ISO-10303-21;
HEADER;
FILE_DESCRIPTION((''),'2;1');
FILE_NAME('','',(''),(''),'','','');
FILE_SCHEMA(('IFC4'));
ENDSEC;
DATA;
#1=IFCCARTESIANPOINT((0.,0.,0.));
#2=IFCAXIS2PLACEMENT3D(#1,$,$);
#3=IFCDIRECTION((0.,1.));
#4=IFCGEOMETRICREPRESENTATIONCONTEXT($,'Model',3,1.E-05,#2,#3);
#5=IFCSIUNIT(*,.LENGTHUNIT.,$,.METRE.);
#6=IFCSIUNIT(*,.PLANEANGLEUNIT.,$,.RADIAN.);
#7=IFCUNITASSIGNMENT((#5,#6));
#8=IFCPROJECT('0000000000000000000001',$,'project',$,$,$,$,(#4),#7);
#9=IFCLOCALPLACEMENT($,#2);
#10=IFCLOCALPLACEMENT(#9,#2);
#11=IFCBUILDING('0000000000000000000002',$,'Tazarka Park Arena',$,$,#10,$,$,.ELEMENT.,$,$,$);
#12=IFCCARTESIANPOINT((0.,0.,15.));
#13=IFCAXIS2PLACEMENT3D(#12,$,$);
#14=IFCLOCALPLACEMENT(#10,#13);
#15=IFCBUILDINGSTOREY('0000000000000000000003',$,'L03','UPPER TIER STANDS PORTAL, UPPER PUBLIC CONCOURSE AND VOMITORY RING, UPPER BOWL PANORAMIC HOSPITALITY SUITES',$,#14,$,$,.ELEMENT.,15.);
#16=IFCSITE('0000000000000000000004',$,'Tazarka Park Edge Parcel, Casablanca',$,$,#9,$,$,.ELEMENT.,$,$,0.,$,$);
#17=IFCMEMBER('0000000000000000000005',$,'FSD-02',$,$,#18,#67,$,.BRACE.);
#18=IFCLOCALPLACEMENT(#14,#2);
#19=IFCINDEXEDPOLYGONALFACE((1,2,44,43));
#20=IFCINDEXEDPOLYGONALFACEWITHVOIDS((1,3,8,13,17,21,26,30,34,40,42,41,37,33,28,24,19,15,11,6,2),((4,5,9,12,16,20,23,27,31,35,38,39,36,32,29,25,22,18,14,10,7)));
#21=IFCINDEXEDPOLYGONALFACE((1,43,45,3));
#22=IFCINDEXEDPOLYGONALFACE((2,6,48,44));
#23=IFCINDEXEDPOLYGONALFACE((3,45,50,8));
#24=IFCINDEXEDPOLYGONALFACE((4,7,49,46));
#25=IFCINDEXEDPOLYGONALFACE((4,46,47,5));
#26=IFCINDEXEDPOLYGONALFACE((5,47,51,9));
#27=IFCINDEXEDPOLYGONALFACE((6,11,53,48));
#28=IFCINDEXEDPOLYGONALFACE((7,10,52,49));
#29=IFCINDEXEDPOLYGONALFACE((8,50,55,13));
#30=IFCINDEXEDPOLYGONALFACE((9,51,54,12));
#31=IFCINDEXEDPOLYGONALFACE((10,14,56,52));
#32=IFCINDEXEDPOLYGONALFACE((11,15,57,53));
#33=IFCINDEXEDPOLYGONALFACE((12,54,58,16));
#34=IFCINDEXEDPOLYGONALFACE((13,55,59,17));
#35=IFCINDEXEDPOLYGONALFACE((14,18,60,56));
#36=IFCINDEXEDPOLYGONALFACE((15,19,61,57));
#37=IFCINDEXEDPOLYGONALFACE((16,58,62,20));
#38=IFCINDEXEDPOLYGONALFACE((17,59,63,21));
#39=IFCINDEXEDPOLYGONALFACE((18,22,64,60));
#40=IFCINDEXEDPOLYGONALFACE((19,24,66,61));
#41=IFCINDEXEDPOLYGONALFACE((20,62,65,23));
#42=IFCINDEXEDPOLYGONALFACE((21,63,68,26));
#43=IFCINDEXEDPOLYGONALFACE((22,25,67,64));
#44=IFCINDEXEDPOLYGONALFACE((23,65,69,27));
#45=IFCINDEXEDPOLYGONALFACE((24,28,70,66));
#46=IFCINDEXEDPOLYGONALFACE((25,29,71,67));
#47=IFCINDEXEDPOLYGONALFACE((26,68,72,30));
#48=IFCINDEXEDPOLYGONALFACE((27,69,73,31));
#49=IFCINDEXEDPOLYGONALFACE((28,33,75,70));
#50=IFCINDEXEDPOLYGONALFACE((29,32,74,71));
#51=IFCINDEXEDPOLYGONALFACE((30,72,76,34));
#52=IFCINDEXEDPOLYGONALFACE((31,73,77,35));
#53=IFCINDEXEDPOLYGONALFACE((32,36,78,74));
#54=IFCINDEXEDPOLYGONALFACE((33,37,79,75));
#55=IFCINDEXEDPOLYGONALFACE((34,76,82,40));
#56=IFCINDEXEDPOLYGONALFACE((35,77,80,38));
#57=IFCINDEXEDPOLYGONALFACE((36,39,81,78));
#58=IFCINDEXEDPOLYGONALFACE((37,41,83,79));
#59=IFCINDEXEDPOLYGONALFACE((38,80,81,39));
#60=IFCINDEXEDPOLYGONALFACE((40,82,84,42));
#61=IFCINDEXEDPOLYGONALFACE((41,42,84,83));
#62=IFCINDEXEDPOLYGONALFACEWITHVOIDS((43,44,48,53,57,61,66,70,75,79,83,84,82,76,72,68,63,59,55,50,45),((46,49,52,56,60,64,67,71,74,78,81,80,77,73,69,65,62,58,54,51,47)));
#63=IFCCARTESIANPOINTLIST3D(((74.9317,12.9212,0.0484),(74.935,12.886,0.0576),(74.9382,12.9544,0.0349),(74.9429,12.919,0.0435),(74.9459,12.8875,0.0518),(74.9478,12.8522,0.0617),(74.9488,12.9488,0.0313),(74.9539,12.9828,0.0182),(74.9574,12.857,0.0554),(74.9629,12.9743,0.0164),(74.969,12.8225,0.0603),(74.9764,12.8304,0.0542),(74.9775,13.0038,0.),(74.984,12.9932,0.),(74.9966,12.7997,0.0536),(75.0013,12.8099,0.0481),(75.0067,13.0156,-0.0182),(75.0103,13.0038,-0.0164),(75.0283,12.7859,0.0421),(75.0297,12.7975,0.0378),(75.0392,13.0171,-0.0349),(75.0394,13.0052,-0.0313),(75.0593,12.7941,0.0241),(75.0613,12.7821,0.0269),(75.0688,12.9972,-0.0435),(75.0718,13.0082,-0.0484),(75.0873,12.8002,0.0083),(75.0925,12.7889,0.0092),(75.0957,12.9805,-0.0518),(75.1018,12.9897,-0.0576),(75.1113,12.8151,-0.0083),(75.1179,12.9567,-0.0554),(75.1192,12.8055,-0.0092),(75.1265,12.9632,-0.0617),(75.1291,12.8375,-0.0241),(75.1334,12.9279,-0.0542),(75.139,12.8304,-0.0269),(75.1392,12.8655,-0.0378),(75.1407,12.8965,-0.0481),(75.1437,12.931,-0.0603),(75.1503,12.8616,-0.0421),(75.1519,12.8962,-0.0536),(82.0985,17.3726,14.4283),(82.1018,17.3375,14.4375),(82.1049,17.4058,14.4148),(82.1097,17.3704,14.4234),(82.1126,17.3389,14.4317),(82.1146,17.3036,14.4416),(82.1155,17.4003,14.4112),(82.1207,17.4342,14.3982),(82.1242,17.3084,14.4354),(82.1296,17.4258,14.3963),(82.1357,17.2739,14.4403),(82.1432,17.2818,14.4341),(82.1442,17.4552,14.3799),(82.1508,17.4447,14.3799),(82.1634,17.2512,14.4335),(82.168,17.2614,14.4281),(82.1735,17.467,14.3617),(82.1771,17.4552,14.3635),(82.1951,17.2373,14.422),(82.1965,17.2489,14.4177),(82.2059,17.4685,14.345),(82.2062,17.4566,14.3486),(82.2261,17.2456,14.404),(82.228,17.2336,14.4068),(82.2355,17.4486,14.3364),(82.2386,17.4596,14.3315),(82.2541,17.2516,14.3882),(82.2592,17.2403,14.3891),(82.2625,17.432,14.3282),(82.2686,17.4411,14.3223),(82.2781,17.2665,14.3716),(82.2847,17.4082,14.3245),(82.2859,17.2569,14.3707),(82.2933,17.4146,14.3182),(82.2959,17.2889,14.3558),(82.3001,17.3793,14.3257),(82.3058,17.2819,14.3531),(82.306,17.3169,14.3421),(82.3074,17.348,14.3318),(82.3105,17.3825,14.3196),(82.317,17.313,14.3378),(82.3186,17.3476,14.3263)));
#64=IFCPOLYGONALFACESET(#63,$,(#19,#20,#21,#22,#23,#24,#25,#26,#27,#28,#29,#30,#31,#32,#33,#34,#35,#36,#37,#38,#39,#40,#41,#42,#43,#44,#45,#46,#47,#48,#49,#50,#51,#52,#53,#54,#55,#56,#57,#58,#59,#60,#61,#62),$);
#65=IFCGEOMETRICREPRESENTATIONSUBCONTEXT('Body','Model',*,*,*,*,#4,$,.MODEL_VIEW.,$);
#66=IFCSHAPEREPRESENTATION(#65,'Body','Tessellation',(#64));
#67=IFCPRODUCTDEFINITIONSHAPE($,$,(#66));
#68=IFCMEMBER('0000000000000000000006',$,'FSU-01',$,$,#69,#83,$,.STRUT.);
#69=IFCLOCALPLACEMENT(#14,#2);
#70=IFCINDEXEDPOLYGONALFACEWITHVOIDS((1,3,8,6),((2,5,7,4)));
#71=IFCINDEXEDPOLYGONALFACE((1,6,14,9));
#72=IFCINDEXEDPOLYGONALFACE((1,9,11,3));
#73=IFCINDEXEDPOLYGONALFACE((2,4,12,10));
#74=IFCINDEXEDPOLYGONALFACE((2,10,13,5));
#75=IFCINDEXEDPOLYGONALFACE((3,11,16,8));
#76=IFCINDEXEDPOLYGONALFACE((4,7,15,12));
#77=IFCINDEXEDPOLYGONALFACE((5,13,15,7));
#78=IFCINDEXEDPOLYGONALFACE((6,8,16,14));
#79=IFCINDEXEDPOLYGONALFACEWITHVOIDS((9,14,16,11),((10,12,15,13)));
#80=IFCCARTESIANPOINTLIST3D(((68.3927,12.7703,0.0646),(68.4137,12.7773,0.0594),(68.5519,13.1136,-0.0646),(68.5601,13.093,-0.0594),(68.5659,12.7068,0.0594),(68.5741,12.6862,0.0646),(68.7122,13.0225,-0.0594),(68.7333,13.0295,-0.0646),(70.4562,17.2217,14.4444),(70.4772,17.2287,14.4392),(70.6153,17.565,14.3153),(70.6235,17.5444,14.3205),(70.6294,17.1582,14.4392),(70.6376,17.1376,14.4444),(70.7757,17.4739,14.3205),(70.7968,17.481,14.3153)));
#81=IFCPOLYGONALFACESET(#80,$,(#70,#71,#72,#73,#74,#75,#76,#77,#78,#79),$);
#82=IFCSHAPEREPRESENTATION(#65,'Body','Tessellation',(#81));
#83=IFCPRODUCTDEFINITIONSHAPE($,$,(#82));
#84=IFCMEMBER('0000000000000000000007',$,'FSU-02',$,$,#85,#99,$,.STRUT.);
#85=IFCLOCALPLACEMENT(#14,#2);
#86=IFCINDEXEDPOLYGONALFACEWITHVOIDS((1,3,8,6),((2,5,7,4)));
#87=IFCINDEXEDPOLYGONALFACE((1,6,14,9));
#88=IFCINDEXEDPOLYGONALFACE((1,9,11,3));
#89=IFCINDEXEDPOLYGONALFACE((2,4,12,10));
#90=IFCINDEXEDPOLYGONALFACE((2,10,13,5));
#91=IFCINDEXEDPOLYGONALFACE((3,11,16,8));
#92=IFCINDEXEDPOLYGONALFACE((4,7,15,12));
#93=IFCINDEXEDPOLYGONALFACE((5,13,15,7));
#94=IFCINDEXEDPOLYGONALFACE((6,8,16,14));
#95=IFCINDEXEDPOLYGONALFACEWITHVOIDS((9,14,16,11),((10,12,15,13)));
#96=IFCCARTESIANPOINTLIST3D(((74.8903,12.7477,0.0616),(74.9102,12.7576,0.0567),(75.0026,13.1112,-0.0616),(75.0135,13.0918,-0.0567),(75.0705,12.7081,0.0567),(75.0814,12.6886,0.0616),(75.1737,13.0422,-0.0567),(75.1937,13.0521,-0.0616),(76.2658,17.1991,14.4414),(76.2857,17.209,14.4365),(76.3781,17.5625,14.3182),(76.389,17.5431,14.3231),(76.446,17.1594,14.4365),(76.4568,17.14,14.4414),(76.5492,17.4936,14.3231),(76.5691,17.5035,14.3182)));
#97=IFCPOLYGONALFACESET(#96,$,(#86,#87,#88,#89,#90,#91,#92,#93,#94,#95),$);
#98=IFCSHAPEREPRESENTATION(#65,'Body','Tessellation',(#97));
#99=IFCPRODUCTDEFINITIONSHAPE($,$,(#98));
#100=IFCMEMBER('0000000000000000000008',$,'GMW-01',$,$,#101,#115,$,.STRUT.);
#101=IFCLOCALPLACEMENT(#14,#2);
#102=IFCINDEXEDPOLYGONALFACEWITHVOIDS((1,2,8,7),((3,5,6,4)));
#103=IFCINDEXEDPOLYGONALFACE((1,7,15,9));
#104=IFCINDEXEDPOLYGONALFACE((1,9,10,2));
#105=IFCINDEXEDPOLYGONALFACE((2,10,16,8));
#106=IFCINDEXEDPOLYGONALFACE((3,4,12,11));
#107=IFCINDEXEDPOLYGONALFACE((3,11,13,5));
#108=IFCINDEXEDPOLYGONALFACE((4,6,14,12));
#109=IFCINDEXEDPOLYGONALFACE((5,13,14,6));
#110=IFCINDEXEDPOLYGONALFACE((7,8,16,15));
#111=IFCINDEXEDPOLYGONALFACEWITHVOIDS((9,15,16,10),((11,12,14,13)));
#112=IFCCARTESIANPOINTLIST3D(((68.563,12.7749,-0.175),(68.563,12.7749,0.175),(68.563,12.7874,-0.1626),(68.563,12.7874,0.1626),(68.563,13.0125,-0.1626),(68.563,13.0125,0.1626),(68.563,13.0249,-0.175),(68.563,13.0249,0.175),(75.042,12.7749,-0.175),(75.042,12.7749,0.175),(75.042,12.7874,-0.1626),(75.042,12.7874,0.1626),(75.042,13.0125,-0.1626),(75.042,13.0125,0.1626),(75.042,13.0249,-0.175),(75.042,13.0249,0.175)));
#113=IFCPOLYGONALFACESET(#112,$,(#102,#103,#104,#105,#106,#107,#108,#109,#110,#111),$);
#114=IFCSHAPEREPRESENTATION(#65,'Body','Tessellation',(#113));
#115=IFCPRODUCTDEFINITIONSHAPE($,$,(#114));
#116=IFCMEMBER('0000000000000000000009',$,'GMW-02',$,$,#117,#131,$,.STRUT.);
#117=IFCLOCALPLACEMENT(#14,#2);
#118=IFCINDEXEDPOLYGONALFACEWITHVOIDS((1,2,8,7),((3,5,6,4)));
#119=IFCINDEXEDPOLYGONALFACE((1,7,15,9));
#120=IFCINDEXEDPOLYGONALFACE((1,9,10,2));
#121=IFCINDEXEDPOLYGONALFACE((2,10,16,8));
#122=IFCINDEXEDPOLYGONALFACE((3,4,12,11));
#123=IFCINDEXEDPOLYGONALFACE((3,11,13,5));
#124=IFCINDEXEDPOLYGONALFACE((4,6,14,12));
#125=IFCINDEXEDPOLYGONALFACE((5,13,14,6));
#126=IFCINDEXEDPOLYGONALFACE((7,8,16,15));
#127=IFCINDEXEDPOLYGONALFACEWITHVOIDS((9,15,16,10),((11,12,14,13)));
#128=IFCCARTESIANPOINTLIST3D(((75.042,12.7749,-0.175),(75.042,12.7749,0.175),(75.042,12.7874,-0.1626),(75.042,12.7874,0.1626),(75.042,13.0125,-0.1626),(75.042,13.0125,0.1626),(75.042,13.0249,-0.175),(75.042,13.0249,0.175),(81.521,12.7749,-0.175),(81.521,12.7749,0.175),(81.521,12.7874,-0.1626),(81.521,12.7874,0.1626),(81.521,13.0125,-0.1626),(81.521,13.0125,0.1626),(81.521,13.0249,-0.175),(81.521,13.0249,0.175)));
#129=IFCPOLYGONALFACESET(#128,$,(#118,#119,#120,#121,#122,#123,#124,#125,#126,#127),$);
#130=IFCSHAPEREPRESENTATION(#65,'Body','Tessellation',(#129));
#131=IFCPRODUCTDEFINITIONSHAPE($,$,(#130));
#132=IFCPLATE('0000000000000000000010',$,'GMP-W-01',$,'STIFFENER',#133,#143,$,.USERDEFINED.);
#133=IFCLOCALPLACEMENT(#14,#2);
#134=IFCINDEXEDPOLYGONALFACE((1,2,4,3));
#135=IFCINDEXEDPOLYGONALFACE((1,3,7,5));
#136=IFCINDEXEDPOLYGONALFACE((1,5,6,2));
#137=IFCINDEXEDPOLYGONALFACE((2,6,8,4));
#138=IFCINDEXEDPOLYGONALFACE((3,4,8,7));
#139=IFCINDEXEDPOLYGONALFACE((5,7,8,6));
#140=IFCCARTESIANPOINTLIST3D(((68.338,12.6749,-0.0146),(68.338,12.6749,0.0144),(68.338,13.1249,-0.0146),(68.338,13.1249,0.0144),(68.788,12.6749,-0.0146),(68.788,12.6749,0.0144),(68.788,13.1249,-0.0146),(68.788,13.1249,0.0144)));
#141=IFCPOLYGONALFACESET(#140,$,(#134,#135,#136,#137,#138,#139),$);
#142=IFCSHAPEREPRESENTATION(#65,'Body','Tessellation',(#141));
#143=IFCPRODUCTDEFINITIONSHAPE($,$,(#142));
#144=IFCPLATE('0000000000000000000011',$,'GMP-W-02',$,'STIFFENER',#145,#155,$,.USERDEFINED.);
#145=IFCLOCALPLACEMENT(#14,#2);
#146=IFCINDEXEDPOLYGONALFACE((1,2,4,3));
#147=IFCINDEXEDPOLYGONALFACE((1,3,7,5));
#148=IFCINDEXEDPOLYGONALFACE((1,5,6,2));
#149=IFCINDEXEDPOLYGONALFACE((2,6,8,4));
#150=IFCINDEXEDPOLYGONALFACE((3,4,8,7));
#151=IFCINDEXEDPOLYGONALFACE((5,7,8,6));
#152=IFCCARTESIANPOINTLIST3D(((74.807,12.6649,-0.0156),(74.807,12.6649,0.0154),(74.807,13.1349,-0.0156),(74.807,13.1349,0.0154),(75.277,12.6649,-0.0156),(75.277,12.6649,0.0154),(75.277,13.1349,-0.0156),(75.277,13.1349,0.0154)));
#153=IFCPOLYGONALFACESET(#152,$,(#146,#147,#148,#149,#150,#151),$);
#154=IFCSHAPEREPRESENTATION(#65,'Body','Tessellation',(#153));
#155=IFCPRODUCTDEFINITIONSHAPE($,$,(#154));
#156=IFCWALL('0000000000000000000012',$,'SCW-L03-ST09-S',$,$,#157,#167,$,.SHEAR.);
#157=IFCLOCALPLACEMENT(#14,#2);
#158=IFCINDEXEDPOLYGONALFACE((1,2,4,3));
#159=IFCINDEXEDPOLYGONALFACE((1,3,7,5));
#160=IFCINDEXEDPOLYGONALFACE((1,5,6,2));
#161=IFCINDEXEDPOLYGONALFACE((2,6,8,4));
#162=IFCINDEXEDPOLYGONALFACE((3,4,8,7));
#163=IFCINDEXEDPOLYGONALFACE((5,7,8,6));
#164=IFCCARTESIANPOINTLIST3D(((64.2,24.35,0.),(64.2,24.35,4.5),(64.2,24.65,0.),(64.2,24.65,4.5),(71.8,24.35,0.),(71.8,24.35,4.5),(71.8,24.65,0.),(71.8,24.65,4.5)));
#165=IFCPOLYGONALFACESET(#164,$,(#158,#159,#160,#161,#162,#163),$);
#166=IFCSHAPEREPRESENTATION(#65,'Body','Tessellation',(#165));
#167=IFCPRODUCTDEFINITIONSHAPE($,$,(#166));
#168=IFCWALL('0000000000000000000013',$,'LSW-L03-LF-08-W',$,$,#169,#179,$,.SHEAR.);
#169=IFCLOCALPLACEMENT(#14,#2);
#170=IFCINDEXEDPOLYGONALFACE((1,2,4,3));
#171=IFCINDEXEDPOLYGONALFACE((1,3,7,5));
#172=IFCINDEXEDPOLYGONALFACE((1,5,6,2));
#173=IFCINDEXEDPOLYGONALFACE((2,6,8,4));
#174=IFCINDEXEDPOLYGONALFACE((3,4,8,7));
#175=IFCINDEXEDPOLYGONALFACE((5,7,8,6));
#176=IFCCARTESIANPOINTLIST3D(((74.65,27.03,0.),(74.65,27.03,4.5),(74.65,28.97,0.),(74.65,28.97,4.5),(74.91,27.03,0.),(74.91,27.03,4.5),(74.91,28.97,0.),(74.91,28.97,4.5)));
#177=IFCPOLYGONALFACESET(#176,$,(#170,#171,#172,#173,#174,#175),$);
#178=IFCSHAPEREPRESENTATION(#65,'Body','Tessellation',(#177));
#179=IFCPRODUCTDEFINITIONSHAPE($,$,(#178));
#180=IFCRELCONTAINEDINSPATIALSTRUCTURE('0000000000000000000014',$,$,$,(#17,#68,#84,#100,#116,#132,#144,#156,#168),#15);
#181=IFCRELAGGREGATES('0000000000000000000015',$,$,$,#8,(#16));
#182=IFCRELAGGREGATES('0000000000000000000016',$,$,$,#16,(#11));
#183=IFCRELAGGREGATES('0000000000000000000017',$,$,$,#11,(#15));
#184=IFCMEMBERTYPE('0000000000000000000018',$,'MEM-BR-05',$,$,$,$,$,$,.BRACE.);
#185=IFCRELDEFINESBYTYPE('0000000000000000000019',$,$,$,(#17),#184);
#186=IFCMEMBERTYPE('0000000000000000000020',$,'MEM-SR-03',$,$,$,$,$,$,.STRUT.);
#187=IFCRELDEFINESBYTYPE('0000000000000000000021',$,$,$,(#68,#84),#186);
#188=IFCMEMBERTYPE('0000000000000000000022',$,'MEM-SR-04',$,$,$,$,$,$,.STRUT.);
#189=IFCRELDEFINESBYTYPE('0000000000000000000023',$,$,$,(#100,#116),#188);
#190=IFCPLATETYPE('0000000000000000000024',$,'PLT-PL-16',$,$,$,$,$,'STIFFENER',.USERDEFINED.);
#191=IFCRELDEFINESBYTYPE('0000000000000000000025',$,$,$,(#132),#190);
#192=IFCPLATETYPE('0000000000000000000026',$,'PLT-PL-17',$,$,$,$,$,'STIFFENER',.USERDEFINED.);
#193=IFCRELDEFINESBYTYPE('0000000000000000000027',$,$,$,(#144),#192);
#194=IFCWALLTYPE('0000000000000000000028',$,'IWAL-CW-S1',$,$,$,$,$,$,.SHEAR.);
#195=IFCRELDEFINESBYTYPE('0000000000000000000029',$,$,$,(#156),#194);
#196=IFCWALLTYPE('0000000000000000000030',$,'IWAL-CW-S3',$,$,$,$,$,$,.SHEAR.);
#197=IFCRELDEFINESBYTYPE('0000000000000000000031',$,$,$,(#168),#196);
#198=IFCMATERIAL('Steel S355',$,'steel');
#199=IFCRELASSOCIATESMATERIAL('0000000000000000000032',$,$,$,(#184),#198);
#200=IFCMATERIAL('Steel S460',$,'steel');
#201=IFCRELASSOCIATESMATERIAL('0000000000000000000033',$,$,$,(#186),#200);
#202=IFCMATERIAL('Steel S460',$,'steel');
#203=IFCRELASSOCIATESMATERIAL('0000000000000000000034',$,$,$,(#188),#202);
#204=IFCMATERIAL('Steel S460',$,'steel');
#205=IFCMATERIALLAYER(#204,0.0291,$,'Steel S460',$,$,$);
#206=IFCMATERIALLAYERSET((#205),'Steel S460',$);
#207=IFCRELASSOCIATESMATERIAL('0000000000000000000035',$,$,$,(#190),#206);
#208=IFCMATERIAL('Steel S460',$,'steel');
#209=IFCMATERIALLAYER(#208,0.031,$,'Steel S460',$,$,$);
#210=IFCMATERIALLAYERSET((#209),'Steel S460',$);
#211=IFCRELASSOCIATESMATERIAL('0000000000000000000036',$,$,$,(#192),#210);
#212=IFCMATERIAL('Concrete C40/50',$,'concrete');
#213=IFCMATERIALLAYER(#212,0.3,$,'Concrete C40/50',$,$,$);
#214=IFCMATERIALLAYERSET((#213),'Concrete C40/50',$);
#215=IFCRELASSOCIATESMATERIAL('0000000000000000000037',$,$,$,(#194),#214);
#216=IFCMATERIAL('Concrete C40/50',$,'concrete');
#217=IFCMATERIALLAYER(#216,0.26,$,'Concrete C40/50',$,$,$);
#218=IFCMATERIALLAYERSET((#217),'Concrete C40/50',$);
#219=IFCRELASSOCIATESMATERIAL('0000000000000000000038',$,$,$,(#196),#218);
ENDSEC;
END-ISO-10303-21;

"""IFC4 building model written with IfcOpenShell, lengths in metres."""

from ifc_helpers import new_model, si_unit, direction, frame, frame_2d, origin, origin_2d, place, context, subcontext, project, spatial, rectangle, hollow_rectangle, hollow_circle, extrude, material, layer, layer_set, material_profile, profile_set, type_object, element, save


model = new_model("IFC4")

# Units and contexts
model_context = context("Model", 3, precision=1e-05, world=origin(), true_north=direction((0.0, 1.0)))
body_context = subcontext(model_context, "Body", "Model", "MODEL_VIEW")
ifc_project = project(units=[si_unit("LENGTHUNIT", "METRE"), si_unit("PLANEANGLEUNIT", "RADIAN")], contexts=[model_context])

# Site, building, storey
site_placement = place(None, origin())
site = spatial("IfcSite", under=ifc_project, at=site_placement, Name="Tazarka Park Edge Parcel, Casablanca", CompositionType="ELEMENT", RefElevation=0.0)
building_placement = place(site_placement, origin())
building = spatial("IfcBuilding", under=site, at=building_placement, Name="Tazarka Park Arena", CompositionType="ELEMENT")
storey_placement = place(building_placement, frame((0.0, 0.0, 15.0)))
storey = spatial("IfcBuildingStorey", under=building, at=storey_placement, Name="L03", Description="UPPER TIER STANDS PORTAL, UPPER PUBLIC CONCOURSE AND VOMITORY RING, UPPER BOWL PANORAMIC HOSPITALITY SUITES", CompositionType="ELEMENT", Elevation=15.0)

# Members
ifc_material_1 = material(Name="Steel S355", Category="steel")
ifc_material_profile_1 = material_profile(ifc_material_1, hollow_circle(Radius=0.1223, WallThickness=0.0125, at=origin_2d()), Name="Steel S355")
ifc_profile_set_1 = profile_set([ifc_material_profile_1], Name="Steel S355")
member_type_1 = type_object("IfcMemberType", Name="MEM-BR-05", PredefinedType="BRACE", material=ifc_profile_set_1)
member_1_placement = place(storey_placement, frame((75.042, 12.8999, 0.0), z_axis=(0.429865, 0.266998, 0.862513), x_axis=(-0.527627, 0.849476, 0.0)))
element("IfcMember", 1, at=member_1_placement, inside=storey, type_object=member_type_1, Name="FSD-02", PredefinedType="BRACE", context=body_context, shape_type="SweptSolid", body=[
    extrude(hollow_circle(Radius=0.1223, WallThickness=0.0125, at=origin_2d()), origin(), (0.0, 0.0, 1.0), 16.6721),
])
ifc_material_2 = material(Name="Steel S460", Category="steel")
ifc_material_profile_2 = material_profile(ifc_material_2, hollow_rectangle(XDim=0.2, YDim=0.3999, WallThickness=0.0161, at=origin_2d()), Name="Steel S460")
ifc_profile_set_2 = profile_set([ifc_material_profile_2], Name="Steel S460")
member_type_2 = type_object("IfcMemberType", Name="MEM-SR-03", PredefinedType="STRUT", material=ifc_profile_set_2)
member_2_placement = place(storey_placement, frame((68.563, 12.8999, 0.0), z_axis=(0.13581, 0.292974, 0.946426), x_axis=(-0.907262, 0.420566, 0.0)))
element("IfcMember", 2, at=member_2_placement, inside=storey, type_object=member_type_2, Name="FSU-01", PredefinedType="STRUT", context=body_context, shape_type="SweptSolid", body=[
    extrude(hollow_rectangle(XDim=0.2, YDim=0.3999, WallThickness=0.0161, at=origin_2d()), origin(), (0.0, 0.0, 1.0), 15.1938),
])
member_3_placement = place(storey_placement, frame((75.042, 12.8999, 0.0), z_axis=(0.090997, 0.294487, 0.951313), x_axis=(-0.955427, 0.295227, 0.0)))
element("IfcMember", 3, at=member_3_placement, inside=storey, type_object=member_type_2, Name="FSU-02", PredefinedType="STRUT", context=body_context, shape_type="SweptSolid", body=[
    extrude(hollow_rectangle(XDim=0.2, YDim=0.3999, WallThickness=0.0161, at=origin_2d()), origin(), (0.0, 0.0, 1.0), 15.1157),
])
ifc_material_3 = material(Name="Steel S460", Category="steel")
ifc_material_profile_3 = material_profile(ifc_material_3, hollow_rectangle(XDim=0.25, YDim=0.3501, WallThickness=0.0125, at=origin_2d()), Name="Steel S460")
ifc_profile_set_3 = profile_set([ifc_material_profile_3], Name="Steel S460")
member_type_3 = type_object("IfcMemberType", Name="MEM-SR-04", PredefinedType="STRUT", material=ifc_profile_set_3)
for number, where, z_axis, x_axis, name in (
    (4, (68.563, 12.8999, 0.0), (1.0, 0.0, 0.0), (0.0, 1.0, 0.0), "GMW-01"),
    (5, (75.042, 12.8999, 0.0), (1.0, 0.0, 0.0), (0.0, 1.0, 0.0), "GMW-02"),
):
    element("IfcMember", number, at=place(storey_placement, frame(where, z_axis=z_axis, x_axis=x_axis)), inside=storey, type_object=member_type_3, Name=name, PredefinedType="STRUT", context=body_context, shape_type="SweptSolid", body=[
        extrude(hollow_rectangle(XDim=0.25, YDim=0.3501, WallThickness=0.0125, at=origin_2d()), origin(), (0.0, 0.0, 1.0), 6.479),
    ])

# Plates
ifc_material_4 = material(Name="Steel S460", Category="steel")
ifc_layer_1 = layer(ifc_material_4, 0.0291, Name="Steel S460")
ifc_layer_set_1 = layer_set([ifc_layer_1], Name="Steel S460")
plate_type_1 = type_object("IfcPlateType", Name="PLT-PL-16", ElementType="STIFFENER", PredefinedType="USERDEFINED", material=ifc_layer_set_1)
plate_1_placement = place(storey_placement, frame((68.563, 12.8999, -0.0146), z_axis=(0.0, 0.0, 1.0), x_axis=(1.0, 0.0, 0.0)))
element("IfcPlate", 6, at=plate_1_placement, inside=storey, type_object=plate_type_1, Name="GMP-W-01", ObjectType="STIFFENER", PredefinedType="USERDEFINED", context=body_context, shape_type="SweptSolid", body=[
    extrude(rectangle(XDim=0.45, YDim=0.45, at=origin_2d()), origin(), (0.0, 0.0, 1.0), 0.0291),
])
ifc_material_5 = material(Name="Steel S460", Category="steel")
ifc_layer_2 = layer(ifc_material_5, 0.031, Name="Steel S460")
ifc_layer_set_2 = layer_set([ifc_layer_2], Name="Steel S460")
plate_type_2 = type_object("IfcPlateType", Name="PLT-PL-17", ElementType="STIFFENER", PredefinedType="USERDEFINED", material=ifc_layer_set_2)
plate_2_placement = place(storey_placement, frame((75.042, 12.8999, -0.0156), z_axis=(0.0, 0.0, 1.0), x_axis=(1.0, 0.0, 0.0)))
element("IfcPlate", 7, at=plate_2_placement, inside=storey, type_object=plate_type_2, Name="GMP-W-02", ObjectType="STIFFENER", PredefinedType="USERDEFINED", context=body_context, shape_type="SweptSolid", body=[
    extrude(rectangle(XDim=0.47, YDim=0.47, at=origin_2d()), origin(), (0.0, 0.0, 1.0), 0.031),
])

# Walls
ifc_material_6 = material(Name="Concrete C40/50", Category="concrete")
ifc_layer_3 = layer(ifc_material_6, 0.3, Name="Concrete C40/50")
ifc_layer_set_3 = layer_set([ifc_layer_3], Name="Concrete C40/50")
wall_type_1 = type_object("IfcWallType", Name="IWAL-CW-S1", PredefinedType="SHEAR", material=ifc_layer_set_3)
wall_1_placement = place(storey_placement, frame((71.8, 24.5, 0.0), z_axis=(0.0, 0.0, 1.0), x_axis=(-1.0, 0.0, 0.0)))
element("IfcWall", 8, at=wall_1_placement, inside=storey, type_object=wall_type_1, Name="SCW-L03-ST09-S", PredefinedType="SHEAR", context=body_context, shape_type="SweptSolid", body=[
    extrude(rectangle(XDim=7.6001, YDim=0.3, at=frame_2d((3.8, 0.0))), origin(), (0.0, 0.0, 1.0), 4.5),
])
ifc_material_7 = material(Name="Concrete C40/50", Category="concrete")
ifc_layer_4 = layer(ifc_material_7, 0.26, Name="Concrete C40/50")
ifc_layer_set_4 = layer_set([ifc_layer_4], Name="Concrete C40/50")
wall_type_2 = type_object("IfcWallType", Name="IWAL-CW-S3", PredefinedType="SHEAR", material=ifc_layer_set_4)
wall_2_placement = place(storey_placement, frame((74.78, 27.03, 0.0), z_axis=(0.0, 0.0, 1.0), x_axis=(0.0, 1.0, 0.0)))
element("IfcWall", 9, at=wall_2_placement, inside=storey, type_object=wall_type_2, Name="LSW-L03-LF-08-W", PredefinedType="SHEAR", context=body_context, shape_type="SweptSolid", body=[
    extrude(rectangle(XDim=1.9399, YDim=0.26, at=frame_2d((0.97, 0.0))), origin(), (0.0, 0.0, 1.0), 4.5),
])

save(model, "model.ifc")
